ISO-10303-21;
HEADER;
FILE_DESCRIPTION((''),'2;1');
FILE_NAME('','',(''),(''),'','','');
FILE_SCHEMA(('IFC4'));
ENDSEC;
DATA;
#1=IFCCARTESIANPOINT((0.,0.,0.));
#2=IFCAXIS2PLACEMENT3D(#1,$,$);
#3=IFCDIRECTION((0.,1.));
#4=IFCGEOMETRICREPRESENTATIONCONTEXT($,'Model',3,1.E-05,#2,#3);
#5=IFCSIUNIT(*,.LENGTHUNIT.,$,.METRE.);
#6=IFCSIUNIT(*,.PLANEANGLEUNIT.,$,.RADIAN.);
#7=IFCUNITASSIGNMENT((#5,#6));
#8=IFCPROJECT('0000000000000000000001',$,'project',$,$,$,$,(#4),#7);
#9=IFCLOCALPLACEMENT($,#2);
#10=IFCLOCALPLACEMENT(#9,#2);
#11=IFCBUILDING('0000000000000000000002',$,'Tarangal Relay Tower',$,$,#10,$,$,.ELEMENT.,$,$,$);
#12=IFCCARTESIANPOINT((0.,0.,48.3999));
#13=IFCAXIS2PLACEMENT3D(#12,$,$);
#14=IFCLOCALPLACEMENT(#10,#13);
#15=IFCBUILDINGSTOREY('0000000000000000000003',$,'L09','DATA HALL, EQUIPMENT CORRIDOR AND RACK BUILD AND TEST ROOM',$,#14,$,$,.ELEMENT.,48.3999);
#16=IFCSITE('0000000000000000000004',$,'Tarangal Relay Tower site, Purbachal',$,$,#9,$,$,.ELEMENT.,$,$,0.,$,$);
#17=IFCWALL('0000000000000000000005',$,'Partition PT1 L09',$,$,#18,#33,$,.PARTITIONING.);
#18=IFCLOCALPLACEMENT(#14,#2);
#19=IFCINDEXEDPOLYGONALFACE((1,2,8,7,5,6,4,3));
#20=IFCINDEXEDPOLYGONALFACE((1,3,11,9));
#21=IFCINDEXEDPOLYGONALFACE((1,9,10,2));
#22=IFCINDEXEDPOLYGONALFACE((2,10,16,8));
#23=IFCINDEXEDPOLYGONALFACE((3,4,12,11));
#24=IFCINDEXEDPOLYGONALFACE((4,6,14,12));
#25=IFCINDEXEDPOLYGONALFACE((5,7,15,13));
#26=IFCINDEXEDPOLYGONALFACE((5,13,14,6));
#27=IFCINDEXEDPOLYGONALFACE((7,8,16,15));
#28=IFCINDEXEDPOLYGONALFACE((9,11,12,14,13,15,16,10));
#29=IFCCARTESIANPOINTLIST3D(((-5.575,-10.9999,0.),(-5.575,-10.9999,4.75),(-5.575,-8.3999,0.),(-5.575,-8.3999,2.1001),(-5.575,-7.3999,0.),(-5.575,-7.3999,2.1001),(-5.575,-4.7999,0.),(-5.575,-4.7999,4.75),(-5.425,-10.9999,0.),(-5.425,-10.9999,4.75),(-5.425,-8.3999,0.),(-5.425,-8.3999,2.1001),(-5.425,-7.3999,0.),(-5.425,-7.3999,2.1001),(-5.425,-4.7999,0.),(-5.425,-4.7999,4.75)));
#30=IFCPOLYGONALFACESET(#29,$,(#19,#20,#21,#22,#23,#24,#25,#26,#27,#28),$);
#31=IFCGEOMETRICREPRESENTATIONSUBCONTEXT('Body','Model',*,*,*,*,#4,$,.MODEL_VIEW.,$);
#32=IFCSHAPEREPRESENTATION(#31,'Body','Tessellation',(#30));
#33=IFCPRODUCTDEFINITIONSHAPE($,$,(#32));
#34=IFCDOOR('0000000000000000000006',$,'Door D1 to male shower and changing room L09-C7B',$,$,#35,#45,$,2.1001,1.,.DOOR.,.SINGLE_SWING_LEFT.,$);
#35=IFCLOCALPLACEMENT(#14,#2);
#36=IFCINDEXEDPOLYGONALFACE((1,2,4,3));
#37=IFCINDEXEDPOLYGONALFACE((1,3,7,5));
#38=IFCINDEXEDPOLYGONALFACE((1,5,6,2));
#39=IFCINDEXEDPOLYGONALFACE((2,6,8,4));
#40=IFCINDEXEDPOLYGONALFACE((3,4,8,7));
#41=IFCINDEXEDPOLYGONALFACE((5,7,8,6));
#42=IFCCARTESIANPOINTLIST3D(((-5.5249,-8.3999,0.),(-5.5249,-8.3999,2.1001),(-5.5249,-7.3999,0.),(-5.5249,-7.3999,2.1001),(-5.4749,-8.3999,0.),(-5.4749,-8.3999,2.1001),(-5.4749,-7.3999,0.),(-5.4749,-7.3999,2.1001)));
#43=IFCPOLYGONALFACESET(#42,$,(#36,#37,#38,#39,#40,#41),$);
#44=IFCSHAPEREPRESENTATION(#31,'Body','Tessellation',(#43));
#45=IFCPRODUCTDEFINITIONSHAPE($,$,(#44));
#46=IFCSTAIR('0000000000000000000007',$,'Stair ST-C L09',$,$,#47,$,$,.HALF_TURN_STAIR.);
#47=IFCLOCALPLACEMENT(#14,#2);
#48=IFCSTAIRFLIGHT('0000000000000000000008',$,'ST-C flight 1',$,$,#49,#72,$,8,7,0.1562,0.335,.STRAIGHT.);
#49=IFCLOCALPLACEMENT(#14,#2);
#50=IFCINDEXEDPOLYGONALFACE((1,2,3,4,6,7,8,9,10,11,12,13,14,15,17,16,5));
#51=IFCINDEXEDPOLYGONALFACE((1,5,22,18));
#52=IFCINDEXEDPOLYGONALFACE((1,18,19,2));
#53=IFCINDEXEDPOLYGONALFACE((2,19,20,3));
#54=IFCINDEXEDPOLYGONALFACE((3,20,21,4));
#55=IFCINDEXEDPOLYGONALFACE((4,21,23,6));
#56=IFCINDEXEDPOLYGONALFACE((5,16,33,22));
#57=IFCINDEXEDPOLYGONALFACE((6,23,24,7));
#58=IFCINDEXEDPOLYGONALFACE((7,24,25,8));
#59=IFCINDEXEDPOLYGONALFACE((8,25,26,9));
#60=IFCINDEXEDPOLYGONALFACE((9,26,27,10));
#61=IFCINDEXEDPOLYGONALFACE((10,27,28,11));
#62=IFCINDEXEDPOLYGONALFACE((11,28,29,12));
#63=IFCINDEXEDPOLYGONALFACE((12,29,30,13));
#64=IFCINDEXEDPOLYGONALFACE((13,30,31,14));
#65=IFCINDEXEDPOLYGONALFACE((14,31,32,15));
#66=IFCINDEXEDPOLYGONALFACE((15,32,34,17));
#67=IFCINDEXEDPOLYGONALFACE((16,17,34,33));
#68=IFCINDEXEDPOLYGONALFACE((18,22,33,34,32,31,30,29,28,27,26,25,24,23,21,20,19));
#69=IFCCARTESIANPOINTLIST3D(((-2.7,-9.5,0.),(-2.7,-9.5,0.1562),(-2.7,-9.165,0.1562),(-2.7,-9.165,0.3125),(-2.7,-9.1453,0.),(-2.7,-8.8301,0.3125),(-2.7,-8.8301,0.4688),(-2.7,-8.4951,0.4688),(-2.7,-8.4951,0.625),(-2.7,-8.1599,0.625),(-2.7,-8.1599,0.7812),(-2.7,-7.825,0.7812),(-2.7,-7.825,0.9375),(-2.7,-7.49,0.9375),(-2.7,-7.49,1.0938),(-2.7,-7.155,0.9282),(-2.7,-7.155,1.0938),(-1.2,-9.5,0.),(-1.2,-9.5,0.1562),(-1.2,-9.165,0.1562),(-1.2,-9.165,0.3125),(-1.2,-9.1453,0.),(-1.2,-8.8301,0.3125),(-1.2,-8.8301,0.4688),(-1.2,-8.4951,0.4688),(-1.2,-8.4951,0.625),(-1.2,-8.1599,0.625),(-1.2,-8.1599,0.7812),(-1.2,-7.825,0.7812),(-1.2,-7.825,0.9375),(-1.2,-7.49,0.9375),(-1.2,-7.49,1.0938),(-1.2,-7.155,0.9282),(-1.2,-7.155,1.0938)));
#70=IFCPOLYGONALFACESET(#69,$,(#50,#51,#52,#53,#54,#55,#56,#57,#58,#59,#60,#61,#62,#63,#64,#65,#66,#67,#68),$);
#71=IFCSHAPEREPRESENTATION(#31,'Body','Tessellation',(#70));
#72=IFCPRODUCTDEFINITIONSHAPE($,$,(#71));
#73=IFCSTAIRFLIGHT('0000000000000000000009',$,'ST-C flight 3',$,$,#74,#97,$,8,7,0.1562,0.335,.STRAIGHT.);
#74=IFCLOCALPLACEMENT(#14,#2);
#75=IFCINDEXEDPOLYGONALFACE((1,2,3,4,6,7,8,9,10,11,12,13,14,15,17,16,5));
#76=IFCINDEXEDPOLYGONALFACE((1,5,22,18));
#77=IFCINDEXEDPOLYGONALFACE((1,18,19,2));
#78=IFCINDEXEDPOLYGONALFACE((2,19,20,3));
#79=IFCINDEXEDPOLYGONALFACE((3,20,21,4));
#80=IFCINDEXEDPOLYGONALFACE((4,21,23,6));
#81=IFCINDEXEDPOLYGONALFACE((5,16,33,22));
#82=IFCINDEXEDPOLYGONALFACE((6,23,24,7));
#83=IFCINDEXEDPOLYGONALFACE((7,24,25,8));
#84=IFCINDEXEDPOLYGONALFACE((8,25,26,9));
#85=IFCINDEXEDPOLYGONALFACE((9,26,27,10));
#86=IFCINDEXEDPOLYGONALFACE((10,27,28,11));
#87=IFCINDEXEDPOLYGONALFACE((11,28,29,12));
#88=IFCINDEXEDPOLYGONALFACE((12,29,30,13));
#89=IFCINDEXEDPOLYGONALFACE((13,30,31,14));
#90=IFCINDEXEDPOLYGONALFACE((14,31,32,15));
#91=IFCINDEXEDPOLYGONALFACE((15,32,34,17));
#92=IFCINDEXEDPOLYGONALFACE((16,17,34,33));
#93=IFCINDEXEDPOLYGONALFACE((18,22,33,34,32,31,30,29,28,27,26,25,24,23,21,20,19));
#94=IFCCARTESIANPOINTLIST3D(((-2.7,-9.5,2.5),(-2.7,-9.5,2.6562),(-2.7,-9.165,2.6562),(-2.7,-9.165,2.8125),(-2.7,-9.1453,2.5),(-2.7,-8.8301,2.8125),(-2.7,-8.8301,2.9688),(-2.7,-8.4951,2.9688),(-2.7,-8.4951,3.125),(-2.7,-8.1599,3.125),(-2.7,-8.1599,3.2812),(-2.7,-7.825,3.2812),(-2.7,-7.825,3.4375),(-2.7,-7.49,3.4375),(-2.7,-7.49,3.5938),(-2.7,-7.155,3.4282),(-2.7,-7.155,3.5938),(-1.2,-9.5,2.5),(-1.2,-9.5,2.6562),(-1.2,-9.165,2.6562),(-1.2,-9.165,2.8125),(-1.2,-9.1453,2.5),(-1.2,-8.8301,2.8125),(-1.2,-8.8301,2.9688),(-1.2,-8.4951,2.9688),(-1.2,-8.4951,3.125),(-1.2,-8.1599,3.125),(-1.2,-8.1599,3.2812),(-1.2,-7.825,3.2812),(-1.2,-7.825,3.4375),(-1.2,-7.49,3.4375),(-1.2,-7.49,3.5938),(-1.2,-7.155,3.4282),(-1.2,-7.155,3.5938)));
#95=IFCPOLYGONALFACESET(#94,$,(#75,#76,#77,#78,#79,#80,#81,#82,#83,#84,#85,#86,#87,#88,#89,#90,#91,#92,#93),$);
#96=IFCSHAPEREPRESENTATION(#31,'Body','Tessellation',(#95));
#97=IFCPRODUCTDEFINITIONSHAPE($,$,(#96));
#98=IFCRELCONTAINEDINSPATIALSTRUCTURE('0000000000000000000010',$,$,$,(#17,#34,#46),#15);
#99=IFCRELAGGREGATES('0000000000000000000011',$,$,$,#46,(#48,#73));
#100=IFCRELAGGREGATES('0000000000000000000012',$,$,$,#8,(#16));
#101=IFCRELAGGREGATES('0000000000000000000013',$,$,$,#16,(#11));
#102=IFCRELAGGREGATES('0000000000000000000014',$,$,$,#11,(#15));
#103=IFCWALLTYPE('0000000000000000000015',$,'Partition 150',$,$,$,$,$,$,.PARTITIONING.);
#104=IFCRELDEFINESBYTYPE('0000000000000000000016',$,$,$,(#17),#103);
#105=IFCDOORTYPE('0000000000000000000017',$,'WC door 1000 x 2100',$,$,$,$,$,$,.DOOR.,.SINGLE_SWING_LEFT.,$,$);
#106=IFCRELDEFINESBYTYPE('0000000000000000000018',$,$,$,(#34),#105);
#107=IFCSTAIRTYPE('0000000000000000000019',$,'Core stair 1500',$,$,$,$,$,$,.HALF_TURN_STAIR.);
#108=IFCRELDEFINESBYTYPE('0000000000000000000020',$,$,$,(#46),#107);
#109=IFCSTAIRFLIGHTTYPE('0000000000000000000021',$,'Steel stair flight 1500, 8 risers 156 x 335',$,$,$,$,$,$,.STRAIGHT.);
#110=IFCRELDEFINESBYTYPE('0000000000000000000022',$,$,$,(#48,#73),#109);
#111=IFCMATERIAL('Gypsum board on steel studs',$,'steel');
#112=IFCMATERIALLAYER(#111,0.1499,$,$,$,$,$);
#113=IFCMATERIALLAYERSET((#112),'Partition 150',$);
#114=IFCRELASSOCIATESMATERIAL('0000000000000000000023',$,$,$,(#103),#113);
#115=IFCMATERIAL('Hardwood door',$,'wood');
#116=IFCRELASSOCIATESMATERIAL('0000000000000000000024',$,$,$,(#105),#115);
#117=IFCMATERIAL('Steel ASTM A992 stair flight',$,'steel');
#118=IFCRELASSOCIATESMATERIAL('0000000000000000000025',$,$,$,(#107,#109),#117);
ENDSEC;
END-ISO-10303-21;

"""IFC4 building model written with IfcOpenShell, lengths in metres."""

from ifc_helpers import new_model, si_unit, direction, frame, frame_2d, origin, place, context, subcontext, project, spatial, polyline, rectangle, outline, extrude, material, layer, layer_set, type_object, element, fill, aggregate, save


model = new_model("IFC4")

# Units and contexts
model_context = context("Model", 3, precision=1e-05, world=origin(), true_north=direction((0.0, 1.0)))
body_context = subcontext(model_context, "Body", "Model", "MODEL_VIEW")
ifc_project = project(units=[si_unit("LENGTHUNIT", "METRE"), si_unit("PLANEANGLEUNIT", "RADIAN")], contexts=[model_context])

# Site, building, storey
site_placement = place(None, origin())
site = spatial("IfcSite", under=ifc_project, at=site_placement, Name="Tarangal Relay Tower site, Purbachal", CompositionType="ELEMENT", RefElevation=0.0)
building_placement = place(site_placement, origin())
building = spatial("IfcBuilding", under=site, at=building_placement, Name="Tarangal Relay Tower", CompositionType="ELEMENT")
storey_placement = place(building_placement, frame((0.0, 0.0, 48.3999)))
storey = spatial("IfcBuildingStorey", under=building, at=storey_placement, Name="L09", Description="DATA HALL, EQUIPMENT CORRIDOR AND RACK BUILD AND TEST ROOM", CompositionType="ELEMENT", Elevation=48.3999)

# Wall, opening, door
ifc_material_1 = material(Name="Gypsum board on steel studs", Category="steel")
ifc_layer_1 = layer(ifc_material_1, 0.1499)
ifc_layer_set_1 = layer_set([ifc_layer_1], Name="Partition 150")
wall_type_1 = type_object("IfcWallType", Name="Partition 150", PredefinedType="PARTITIONING", material=ifc_layer_set_1)
wall_1_placement = place(storey_placement, frame((-5.5, -11.0, 0.0), z_axis=(0.0, 0.0, 1.0), x_axis=(0.0, 1.0, 0.0)))
wall_1 = element("IfcWall", 1, at=wall_1_placement, inside=storey, type_object=wall_type_1, Name="Partition PT1 L09", PredefinedType="PARTITIONING", context=body_context, shape_type="SweptSolid", body=[
    extrude(rectangle(XDim=6.2, YDim=0.1499, at=frame_2d((3.1001, 0.0))), origin(), (0.0, 0.0, 1.0), 4.75),
])
opening_placement = place(wall_1_placement, frame((2.6001, 0.0, 0.0)))
opening = element("IfcOpeningElement", 2, at=opening_placement, cuts=wall_1, PredefinedType="OPENING", context=body_context, shape_type="SweptSolid", body=[
    extrude(rectangle(XDim=1.0, YDim=2.1001, at=frame_2d((0.5, 1.05))), frame((0.0, 0.085, 0.0), z_axis=(0.0, -1.0, 0.0), x_axis=(1.0, 0.0, 0.0)), (0.0, 0.0, 1.0), 0.1699),
])
ifc_material_2 = material(Name="Hardwood door", Category="wood")
door_type = type_object("IfcDoorType", Name="WC door 1000 x 2100", OperationType="SINGLE_SWING_LEFT", PredefinedType="DOOR", material=ifc_material_2)
door_placement = place(opening_placement, origin())
door = element("IfcDoor", 3, at=door_placement, inside=storey, type_object=door_type, Name="Door D1 to male shower and changing room L09-C7B", OperationType="SINGLE_SWING_LEFT", OverallHeight=2.1001, OverallWidth=1.0, PredefinedType="DOOR", context=body_context, shape_type="SweptSolid", body=[
    extrude(rectangle(XDim=1.0, YDim=2.1001, at=frame_2d((0.5, 1.05))), frame((0.0, 0.0249, 0.0), z_axis=(0.0, -1.0, 0.0), x_axis=(1.0, 0.0, 0.0)), (0.0, 0.0, 1.0), 0.05),
])
fill(opening, door)

# Stair, stair flights
ifc_material_3 = material(Name="Steel ASTM A992 stair flight", Category="steel")
stair_type = type_object("IfcStairType", Name="Core stair 1500", PredefinedType="HALF_TURN_STAIR", material=ifc_material_3)
stair_placement = place(storey_placement, origin())
stair = element("IfcStair", 4, at=stair_placement, inside=storey, type_object=stair_type, Name="Stair ST-C L09", PredefinedType="HALF_TURN_STAIR")
stair_flight_type = type_object("IfcStairFlightType", Name="Steel stair flight 1500, 8 risers 156 x 335", PredefinedType="STRAIGHT", material=ifc_material_3)
stair_flight_1_placement = place(storey_placement, frame((-1.95, -9.5, 0.0), z_axis=(0.0, 0.0, 1.0), x_axis=(0.0, 1.0, 0.0)))
stair_flight_1 = element("IfcStairFlight", 5, at=stair_flight_1_placement, type_object=stair_flight_type, Name="ST-C flight 1", NumberOfRisers=8, NumberOfTreads=7, PredefinedType="STRAIGHT", RiserHeight=0.1562, TreadLength=0.335, context=body_context, shape_type="SweptSolid", body=[
    extrude(outline(polyline([(0.0, 0.0), (0.0, 0.1562), (0.335, 0.1562), (0.335, 0.3125), (0.6699, 0.3125), (0.6699, 0.4688), (1.0049, 0.4688), (1.0049, 0.625), (1.3401, 0.625), (1.3401, 0.7812), (1.675, 0.7812), (1.675, 0.9375), (2.01, 0.9375), (2.01, 1.0938), (2.345, 1.0938), (2.345, 1.25), (2.345, 0.9282), (0.3547, 0.0), (0.0, 0.0)])), frame((0.0, 0.75, 0.0), z_axis=(0.0, -1.0, 0.0), x_axis=(1.0, 0.0, 0.0)), (0.0, 0.0, 1.0), 1.5),
])
stair_flight_2_placement = place(storey_placement, frame((-1.95, -9.5, 2.5), z_axis=(0.0, 0.0, 1.0), x_axis=(0.0, 1.0, 0.0)))
stair_flight_2 = element("IfcStairFlight", 6, at=stair_flight_2_placement, type_object=stair_flight_type, Name="ST-C flight 3", NumberOfRisers=8, NumberOfTreads=7, PredefinedType="STRAIGHT", RiserHeight=0.1562, TreadLength=0.335, context=body_context, shape_type="SweptSolid", body=[
    extrude(outline(polyline([(0.0, 0.0), (0.0, 0.1562), (0.335, 0.1562), (0.335, 0.3125), (0.6699, 0.3125), (0.6699, 0.4688), (1.0049, 0.4688), (1.0049, 0.625), (1.3401, 0.625), (1.3401, 0.7812), (1.675, 0.7812), (1.675, 0.9375), (2.01, 0.9375), (2.01, 1.0938), (2.345, 1.0938), (2.345, 1.25), (2.345, 0.9282), (0.3547, 0.0), (0.0, 0.0)])), frame((0.0, 0.75, 0.0), z_axis=(0.0, -1.0, 0.0), x_axis=(1.0, 0.0, 0.0)), (0.0, 0.0, 1.0), 1.5),
])
aggregate(stair, [stair_flight_1, stair_flight_2])

save(model, "model.ifc")
